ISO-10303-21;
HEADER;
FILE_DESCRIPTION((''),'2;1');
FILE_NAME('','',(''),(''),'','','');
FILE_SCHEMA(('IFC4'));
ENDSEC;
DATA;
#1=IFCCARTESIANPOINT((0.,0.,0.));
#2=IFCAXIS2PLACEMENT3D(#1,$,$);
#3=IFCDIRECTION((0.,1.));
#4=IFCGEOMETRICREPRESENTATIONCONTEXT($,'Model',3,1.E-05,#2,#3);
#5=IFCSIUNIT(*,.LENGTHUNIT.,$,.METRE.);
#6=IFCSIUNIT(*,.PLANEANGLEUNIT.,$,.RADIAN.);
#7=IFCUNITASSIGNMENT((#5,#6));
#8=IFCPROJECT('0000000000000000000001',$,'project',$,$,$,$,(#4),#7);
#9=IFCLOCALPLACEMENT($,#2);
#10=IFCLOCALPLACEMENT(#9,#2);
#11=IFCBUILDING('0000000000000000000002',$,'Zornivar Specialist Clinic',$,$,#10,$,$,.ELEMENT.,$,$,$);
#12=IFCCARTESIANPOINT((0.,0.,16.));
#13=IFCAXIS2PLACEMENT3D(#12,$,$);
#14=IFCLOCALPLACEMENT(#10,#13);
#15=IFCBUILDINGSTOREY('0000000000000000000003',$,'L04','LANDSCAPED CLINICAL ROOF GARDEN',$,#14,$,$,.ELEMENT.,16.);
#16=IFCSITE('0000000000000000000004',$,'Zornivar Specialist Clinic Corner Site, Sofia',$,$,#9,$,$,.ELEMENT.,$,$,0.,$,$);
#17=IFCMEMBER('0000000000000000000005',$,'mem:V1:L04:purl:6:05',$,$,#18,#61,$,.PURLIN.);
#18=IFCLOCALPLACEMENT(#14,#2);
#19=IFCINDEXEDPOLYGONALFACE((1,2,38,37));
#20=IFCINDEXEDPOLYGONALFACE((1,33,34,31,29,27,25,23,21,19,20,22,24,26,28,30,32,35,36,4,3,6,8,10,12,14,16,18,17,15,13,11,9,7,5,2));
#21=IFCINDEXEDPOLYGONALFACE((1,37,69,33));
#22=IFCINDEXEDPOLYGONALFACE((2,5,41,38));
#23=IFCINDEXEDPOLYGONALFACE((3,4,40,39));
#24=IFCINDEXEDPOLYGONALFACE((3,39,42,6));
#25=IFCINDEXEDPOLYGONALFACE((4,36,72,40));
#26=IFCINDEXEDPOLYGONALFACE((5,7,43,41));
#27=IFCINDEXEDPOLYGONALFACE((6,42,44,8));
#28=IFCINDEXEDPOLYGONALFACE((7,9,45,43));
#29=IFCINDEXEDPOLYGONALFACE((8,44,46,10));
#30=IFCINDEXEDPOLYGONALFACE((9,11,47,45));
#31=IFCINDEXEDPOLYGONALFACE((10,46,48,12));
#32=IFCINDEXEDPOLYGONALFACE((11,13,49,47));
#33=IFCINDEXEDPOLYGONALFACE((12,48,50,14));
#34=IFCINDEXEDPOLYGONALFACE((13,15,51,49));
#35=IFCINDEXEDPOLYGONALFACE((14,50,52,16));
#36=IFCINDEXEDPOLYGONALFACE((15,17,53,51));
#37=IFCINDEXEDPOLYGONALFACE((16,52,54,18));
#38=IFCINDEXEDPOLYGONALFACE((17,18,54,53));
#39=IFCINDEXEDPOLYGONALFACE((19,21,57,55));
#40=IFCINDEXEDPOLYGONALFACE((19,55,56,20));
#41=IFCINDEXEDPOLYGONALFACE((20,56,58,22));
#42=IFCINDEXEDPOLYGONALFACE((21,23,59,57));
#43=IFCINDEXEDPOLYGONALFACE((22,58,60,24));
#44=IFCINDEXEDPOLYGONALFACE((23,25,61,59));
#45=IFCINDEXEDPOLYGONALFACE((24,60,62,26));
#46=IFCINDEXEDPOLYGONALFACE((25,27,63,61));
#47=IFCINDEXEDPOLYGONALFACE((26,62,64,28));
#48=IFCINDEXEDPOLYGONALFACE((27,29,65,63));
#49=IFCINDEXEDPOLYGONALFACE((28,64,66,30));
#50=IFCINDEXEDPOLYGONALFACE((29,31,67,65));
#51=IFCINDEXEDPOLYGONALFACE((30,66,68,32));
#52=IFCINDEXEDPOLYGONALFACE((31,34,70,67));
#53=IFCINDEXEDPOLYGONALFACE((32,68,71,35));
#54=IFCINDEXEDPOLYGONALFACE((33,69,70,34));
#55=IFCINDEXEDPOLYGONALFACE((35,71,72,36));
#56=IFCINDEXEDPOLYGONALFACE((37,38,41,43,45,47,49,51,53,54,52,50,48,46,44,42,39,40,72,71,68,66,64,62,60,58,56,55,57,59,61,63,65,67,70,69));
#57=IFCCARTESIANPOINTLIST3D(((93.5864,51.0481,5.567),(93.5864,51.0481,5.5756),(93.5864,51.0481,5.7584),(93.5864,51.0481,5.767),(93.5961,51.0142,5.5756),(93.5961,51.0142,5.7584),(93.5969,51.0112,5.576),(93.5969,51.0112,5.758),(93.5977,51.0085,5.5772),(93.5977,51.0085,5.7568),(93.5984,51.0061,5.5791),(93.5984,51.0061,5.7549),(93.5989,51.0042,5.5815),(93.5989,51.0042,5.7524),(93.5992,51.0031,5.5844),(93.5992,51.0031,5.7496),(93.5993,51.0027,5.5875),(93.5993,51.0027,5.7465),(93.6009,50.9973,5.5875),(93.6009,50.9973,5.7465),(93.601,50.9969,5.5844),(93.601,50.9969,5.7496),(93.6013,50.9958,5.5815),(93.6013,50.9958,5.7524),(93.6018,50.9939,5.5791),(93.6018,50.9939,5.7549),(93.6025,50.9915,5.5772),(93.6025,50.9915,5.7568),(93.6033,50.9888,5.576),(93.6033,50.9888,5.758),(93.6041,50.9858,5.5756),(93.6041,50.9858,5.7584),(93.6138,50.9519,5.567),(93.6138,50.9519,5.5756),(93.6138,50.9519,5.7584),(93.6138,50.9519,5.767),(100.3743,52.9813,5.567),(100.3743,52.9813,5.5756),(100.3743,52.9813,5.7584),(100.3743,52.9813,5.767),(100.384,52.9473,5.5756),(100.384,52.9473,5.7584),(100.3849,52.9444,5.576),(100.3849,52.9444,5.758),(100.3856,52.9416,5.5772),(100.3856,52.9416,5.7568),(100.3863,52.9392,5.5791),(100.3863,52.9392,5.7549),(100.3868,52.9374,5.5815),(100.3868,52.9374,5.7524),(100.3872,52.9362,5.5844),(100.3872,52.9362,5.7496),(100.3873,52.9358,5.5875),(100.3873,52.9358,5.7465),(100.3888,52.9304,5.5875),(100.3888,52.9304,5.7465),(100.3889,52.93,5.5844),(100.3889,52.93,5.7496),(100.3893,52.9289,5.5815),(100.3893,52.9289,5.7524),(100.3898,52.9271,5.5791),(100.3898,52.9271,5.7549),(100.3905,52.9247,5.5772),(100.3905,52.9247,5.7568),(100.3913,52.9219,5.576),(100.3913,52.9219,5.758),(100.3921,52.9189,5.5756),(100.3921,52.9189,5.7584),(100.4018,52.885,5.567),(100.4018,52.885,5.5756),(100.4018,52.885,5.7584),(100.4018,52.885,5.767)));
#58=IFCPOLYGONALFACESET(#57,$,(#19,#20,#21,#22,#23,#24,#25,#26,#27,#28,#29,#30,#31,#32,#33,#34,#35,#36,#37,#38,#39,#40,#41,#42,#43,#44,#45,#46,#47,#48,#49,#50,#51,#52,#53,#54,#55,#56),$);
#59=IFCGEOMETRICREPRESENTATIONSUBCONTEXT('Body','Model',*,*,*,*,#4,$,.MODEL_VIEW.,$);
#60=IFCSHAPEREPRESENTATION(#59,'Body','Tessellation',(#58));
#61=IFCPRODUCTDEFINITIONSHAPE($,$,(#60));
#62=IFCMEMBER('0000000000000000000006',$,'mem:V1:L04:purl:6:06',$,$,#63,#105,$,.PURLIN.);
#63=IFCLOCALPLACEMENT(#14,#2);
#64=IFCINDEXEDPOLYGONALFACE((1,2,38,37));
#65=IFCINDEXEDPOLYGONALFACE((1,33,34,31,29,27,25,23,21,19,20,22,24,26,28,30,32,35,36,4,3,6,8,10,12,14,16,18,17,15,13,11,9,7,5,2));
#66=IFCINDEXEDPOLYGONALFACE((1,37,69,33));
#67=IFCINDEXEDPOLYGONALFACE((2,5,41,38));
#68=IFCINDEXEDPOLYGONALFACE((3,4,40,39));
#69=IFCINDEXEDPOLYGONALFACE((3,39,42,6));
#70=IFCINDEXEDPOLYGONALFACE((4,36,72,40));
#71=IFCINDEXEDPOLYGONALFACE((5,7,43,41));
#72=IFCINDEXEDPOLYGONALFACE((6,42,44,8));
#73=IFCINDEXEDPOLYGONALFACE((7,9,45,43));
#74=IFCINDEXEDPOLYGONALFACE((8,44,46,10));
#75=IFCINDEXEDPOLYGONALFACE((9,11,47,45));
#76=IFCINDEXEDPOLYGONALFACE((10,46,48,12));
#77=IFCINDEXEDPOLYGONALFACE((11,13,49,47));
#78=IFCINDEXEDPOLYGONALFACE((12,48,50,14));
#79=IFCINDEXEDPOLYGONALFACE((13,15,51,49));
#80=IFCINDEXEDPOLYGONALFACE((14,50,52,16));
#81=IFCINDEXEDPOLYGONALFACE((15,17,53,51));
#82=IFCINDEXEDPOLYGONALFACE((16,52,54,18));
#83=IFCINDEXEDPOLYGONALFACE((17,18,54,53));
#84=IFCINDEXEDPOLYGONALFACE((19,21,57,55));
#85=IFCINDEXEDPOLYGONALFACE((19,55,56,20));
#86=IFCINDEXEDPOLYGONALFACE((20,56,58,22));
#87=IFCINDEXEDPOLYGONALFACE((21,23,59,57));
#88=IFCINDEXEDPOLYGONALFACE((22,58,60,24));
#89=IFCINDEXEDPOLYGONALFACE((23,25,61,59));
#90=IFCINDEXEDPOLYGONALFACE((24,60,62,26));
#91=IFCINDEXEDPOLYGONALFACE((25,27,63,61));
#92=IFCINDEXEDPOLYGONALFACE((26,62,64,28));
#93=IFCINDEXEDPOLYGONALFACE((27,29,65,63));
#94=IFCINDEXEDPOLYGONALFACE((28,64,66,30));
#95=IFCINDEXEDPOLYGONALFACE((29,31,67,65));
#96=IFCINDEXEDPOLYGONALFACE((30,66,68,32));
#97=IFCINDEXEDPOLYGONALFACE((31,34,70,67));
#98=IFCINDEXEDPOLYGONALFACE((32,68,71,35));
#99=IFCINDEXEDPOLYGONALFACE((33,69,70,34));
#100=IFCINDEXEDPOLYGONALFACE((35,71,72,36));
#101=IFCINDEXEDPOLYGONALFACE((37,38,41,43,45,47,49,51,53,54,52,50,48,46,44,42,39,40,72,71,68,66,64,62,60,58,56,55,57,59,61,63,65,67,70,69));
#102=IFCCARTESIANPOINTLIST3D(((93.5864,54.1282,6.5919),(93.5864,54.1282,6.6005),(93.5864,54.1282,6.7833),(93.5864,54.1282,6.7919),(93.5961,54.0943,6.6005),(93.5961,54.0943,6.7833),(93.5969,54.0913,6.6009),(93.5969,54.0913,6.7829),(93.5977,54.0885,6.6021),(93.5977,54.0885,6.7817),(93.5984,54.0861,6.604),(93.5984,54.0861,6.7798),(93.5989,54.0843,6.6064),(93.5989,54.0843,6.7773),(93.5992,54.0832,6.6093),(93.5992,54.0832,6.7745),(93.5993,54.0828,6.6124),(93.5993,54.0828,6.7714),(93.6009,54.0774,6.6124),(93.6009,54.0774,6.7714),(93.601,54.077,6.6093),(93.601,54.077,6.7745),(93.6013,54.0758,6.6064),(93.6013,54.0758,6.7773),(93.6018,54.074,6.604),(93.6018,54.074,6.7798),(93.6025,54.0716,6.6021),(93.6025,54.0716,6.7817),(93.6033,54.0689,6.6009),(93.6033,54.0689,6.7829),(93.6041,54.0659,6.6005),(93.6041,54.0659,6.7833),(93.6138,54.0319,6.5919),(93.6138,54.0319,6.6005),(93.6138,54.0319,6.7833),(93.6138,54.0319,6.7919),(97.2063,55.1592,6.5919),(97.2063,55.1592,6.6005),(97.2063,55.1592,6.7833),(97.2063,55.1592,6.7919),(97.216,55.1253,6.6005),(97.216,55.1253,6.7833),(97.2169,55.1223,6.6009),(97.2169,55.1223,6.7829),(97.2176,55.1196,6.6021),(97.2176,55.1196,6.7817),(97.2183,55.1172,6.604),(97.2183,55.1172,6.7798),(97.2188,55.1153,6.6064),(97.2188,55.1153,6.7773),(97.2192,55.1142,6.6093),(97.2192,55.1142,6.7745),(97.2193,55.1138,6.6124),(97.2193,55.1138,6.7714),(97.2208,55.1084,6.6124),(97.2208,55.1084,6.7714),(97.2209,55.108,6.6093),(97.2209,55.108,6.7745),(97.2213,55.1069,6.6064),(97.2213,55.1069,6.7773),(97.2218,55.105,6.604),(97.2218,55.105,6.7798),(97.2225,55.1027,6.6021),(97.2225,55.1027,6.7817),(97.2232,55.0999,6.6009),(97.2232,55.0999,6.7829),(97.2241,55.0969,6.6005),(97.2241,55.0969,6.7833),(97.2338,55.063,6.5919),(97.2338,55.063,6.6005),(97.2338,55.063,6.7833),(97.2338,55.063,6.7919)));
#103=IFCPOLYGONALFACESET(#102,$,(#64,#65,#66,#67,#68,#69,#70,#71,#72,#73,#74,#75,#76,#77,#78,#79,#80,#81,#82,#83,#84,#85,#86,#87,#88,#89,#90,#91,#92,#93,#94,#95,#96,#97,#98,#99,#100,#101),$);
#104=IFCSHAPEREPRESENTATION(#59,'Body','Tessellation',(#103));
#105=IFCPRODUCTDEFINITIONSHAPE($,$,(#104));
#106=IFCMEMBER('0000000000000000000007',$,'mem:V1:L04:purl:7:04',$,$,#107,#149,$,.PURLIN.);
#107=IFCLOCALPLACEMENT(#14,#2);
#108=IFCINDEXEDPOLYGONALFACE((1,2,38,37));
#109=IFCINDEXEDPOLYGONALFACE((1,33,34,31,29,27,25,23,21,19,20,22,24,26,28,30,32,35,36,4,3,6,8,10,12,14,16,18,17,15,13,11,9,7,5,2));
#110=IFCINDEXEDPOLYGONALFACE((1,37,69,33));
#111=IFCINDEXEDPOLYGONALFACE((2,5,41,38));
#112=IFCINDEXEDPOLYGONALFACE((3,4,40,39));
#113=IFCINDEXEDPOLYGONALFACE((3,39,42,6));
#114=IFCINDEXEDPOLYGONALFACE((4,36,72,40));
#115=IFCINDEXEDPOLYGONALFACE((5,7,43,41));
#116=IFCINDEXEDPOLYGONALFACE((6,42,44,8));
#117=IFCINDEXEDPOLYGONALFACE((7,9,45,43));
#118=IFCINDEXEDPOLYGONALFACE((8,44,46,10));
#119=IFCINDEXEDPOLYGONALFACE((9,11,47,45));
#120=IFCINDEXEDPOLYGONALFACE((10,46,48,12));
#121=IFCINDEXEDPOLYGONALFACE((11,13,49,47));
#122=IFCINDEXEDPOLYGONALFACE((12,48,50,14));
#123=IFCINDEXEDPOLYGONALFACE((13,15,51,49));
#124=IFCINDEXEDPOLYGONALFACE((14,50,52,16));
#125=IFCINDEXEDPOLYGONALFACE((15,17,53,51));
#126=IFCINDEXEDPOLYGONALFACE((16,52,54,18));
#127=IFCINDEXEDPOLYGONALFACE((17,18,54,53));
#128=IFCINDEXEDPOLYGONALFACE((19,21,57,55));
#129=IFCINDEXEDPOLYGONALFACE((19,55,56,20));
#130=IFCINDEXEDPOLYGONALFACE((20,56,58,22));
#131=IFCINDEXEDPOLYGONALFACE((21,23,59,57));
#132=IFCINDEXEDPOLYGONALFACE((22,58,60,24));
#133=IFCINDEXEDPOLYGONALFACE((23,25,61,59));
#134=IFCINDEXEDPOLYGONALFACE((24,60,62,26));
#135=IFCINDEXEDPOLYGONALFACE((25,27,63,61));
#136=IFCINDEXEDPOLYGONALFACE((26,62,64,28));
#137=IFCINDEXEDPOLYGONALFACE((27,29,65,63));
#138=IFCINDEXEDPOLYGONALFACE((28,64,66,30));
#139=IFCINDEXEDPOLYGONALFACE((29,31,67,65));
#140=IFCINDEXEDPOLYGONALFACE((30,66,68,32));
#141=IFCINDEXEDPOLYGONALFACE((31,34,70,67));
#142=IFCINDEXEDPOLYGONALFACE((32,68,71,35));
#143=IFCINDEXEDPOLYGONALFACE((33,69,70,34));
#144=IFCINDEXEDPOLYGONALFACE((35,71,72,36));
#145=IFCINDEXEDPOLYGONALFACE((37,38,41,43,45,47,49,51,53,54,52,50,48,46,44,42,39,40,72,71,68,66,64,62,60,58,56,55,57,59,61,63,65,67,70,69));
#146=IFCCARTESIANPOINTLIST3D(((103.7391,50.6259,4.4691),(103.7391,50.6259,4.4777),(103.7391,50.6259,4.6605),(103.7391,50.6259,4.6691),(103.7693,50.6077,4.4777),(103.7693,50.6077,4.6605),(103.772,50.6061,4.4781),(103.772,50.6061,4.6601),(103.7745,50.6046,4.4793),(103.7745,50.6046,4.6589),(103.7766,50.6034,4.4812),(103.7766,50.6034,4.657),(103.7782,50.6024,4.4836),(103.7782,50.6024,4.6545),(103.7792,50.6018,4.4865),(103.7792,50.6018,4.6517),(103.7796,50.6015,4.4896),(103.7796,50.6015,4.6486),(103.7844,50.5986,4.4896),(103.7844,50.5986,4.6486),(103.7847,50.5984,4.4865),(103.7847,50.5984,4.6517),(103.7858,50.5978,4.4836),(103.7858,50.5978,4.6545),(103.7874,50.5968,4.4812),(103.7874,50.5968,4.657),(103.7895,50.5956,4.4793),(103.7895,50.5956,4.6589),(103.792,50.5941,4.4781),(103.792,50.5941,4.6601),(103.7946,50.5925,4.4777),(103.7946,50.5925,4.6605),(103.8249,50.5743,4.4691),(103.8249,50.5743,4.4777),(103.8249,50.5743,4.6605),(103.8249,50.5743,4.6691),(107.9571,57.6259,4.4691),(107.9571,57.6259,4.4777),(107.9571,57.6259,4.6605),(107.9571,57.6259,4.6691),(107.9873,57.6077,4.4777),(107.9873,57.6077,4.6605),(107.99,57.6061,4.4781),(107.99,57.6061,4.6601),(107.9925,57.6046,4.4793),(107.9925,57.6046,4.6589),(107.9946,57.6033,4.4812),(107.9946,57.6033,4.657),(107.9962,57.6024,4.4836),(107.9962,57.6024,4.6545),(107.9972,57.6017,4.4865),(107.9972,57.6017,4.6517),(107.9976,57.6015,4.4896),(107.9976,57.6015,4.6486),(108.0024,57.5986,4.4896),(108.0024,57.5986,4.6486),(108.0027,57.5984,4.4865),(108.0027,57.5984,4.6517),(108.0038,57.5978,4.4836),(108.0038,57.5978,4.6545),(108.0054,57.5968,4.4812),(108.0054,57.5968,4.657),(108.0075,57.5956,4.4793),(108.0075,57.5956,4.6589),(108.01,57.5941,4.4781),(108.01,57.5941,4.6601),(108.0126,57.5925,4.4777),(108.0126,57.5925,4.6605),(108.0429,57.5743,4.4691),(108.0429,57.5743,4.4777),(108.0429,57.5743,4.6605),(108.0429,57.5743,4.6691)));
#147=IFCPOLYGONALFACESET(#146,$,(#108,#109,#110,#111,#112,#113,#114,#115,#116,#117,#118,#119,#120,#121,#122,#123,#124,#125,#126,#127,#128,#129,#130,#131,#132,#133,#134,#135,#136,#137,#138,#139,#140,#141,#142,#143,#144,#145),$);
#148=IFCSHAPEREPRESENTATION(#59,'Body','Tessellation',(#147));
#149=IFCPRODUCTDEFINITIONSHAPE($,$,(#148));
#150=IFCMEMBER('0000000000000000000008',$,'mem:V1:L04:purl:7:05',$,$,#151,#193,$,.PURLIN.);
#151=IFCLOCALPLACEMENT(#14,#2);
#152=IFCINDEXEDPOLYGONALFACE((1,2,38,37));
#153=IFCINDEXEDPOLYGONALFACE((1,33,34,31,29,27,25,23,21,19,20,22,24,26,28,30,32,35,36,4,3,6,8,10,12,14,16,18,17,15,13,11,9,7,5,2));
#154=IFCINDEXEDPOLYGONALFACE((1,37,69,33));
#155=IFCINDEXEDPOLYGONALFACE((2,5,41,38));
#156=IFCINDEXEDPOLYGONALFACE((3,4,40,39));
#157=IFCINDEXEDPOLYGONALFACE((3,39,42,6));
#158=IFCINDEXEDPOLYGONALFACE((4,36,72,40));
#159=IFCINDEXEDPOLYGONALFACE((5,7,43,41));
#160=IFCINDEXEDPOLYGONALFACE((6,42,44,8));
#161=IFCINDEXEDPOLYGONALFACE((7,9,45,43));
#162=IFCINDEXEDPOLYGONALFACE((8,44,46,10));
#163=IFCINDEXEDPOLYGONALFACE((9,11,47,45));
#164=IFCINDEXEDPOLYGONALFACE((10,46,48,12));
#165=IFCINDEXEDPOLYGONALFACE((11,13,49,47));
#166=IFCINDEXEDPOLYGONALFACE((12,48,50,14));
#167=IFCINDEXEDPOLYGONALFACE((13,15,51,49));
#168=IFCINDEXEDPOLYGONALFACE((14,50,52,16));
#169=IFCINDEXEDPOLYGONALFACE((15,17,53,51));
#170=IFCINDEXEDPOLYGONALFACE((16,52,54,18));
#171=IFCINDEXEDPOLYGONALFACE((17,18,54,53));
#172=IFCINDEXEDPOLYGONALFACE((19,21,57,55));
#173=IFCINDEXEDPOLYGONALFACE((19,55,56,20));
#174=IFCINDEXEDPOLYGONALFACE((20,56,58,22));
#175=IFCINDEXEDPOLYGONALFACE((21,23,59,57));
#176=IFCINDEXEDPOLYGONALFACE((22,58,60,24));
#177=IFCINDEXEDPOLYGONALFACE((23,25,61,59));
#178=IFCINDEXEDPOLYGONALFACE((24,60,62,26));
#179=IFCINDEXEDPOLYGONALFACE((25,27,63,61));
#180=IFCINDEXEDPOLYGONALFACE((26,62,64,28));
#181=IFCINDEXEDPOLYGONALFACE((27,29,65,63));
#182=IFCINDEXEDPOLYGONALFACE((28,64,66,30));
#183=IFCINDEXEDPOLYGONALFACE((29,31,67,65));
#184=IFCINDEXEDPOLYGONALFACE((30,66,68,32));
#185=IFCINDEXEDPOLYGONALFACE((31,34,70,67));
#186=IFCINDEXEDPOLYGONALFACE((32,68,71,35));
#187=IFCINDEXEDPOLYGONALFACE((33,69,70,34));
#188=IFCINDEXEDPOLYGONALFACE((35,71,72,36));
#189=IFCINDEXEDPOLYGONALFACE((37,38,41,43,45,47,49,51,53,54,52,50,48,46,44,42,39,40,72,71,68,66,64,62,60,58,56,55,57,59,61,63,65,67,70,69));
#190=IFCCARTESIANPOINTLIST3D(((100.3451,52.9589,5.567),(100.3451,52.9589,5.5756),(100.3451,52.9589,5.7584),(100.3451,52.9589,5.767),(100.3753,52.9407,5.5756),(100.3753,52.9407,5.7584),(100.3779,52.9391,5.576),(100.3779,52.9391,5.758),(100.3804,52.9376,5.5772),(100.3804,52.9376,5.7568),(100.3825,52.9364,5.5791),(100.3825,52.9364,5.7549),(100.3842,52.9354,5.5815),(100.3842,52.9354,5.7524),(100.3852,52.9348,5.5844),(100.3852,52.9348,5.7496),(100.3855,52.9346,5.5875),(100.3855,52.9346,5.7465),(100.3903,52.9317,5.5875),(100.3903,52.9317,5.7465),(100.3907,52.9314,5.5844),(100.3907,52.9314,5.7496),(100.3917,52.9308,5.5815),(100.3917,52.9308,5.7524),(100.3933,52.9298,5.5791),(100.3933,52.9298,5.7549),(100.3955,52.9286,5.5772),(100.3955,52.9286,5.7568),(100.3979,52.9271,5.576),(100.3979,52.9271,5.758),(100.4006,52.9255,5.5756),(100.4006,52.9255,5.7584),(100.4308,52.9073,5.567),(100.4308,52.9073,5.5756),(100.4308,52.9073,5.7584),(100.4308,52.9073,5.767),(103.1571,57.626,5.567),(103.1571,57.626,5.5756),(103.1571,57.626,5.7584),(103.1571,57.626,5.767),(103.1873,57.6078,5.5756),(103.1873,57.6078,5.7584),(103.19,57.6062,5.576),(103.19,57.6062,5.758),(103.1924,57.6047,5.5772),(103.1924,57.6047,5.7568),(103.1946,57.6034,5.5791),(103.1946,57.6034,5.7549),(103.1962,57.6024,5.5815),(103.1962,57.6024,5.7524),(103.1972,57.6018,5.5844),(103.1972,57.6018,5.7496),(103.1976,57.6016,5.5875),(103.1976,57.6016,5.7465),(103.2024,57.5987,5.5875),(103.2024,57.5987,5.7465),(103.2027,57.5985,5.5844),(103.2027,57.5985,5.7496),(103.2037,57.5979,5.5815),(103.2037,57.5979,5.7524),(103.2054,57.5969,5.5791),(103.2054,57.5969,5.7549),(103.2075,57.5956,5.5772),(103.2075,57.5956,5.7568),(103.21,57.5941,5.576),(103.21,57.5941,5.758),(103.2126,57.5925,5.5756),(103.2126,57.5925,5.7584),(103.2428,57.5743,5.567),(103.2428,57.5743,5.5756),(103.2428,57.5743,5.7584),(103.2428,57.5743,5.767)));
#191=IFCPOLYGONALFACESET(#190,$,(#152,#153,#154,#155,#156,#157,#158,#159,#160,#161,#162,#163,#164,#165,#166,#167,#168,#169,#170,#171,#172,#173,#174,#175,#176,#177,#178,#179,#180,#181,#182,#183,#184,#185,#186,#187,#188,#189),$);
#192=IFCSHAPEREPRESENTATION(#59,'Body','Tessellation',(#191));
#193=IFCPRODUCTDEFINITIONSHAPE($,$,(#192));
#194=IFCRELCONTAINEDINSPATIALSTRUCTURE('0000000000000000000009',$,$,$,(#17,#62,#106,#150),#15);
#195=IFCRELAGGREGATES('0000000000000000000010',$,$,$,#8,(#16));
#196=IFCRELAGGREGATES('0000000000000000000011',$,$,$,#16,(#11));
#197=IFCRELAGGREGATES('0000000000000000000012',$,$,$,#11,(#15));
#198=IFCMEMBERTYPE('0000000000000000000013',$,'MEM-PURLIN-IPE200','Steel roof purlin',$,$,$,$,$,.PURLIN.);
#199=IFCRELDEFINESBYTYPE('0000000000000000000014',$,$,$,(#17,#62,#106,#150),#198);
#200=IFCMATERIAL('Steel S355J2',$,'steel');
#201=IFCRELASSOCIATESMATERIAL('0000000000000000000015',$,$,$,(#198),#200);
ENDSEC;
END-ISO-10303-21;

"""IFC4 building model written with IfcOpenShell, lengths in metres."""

from ifc_helpers import new_model, si_unit, direction, frame, origin, origin_2d, place, context, subcontext, project, spatial, i_section, extrude, material, material_profile, profile_set, type_object, element, save


model = new_model("IFC4")

# Units and contexts
model_context = context("Model", 3, precision=1e-05, world=origin(), true_north=direction((0.0, 1.0)))
body_context = subcontext(model_context, "Body", "Model", "MODEL_VIEW")
ifc_project = project(units=[si_unit("LENGTHUNIT", "METRE"), si_unit("PLANEANGLEUNIT", "RADIAN")], contexts=[model_context])

# Site, building, storey
site_placement = place(None, origin())
site = spatial("IfcSite", under=ifc_project, at=site_placement, Name="Zornivar Specialist Clinic Corner Site, Sofia", CompositionType="ELEMENT", RefElevation=0.0)
building_placement = place(site_placement, origin())
building = spatial("IfcBuilding", under=site, at=building_placement, Name="Zornivar Specialist Clinic", CompositionType="ELEMENT")
storey_placement = place(building_placement, frame((0.0, 0.0, 16.0)))
storey = spatial("IfcBuildingStorey", under=building, at=storey_placement, Name="L04", Description="LANDSCAPED CLINICAL ROOF GARDEN", CompositionType="ELEMENT", Elevation=16.0)

# Members
ifc_material_1 = material(Name="Steel S355J2", Category="steel")
ifc_material_profile_1 = material_profile(ifc_material_1, i_section(OverallWidth=0.1001, OverallDepth=0.2, WebThickness=0.0056, FlangeThickness=0.0085, FilletRadius=0.012, at=origin_2d()), Name="IPE 200")
ifc_profile_set_1 = profile_set([ifc_material_profile_1], Name="Steel S355J2")
member_type_1 = type_object("IfcMemberType", Name="MEM-PURLIN-IPE200", Description="Steel roof purlin", PredefinedType="PURLIN", material=ifc_profile_set_1)
member_1_placement = place(storey_placement, frame((93.6001, 51.0, 5.667), z_axis=(0.961759, 0.273899, 0.0), x_axis=(-0.273899, 0.961759, 0.0)))
element("IfcMember", 1, at=member_1_placement, inside=storey, type_object=member_type_1, Name="mem:V1:L04:purl:6:05", PredefinedType="PURLIN", context=body_context, shape_type="SweptSolid", body=[
    extrude(i_section(OverallWidth=0.1001, OverallDepth=0.2, WebThickness=0.0056, FlangeThickness=0.0085, FilletRadius=0.012, at=origin_2d()), origin(), (0.0, 0.0, 1.0), 7.0579),
])
member_2_placement = place(storey_placement, frame((93.6001, 54.0801, 6.6919), z_axis=(0.961751, 0.273924, 0.0), x_axis=(-0.273924, 0.961751, 0.0)))
element("IfcMember", 2, at=member_2_placement, inside=storey, type_object=member_type_1, Name="mem:V1:L04:purl:6:06", PredefinedType="PURLIN", context=body_context, shape_type="SweptSolid", body=[
    extrude(i_section(OverallWidth=0.1001, OverallDepth=0.2, WebThickness=0.0056, FlangeThickness=0.0085, FilletRadius=0.012, at=origin_2d()), origin(), (0.0, 0.0, 1.0), 3.7639),
])
member_3_placement = place(storey_placement, frame((103.782, 50.6001, 4.5691), z_axis=(0.516116, 0.856519, 0.0), x_axis=(-0.856519, 0.516116, 0.0)))
element("IfcMember", 3, at=member_3_placement, inside=storey, type_object=member_type_1, Name="mem:V1:L04:purl:7:04", PredefinedType="PURLIN", context=body_context, shape_type="SweptSolid", body=[
    extrude(i_section(OverallWidth=0.1001, OverallDepth=0.2, WebThickness=0.0056, FlangeThickness=0.0085, FilletRadius=0.012, at=origin_2d()), origin(), (0.0, 0.0, 1.0), 8.1726),
])
member_4_placement = place(storey_placement, frame((100.3879, 52.9331, 5.667), z_axis=(0.516089, 0.856535, 0.0), x_axis=(-0.856535, 0.516089, 0.0)))
element("IfcMember", 4, at=member_4_placement, inside=storey, type_object=member_type_1, Name="mem:V1:L04:purl:7:05", PredefinedType="PURLIN", context=body_context, shape_type="SweptSolid", body=[
    extrude(i_section(OverallWidth=0.1001, OverallDepth=0.2, WebThickness=0.0056, FlangeThickness=0.0085, FilletRadius=0.012, at=origin_2d()), origin(), (0.0, 0.0, 1.0), 5.4487),
])

save(model, "model.ifc")
